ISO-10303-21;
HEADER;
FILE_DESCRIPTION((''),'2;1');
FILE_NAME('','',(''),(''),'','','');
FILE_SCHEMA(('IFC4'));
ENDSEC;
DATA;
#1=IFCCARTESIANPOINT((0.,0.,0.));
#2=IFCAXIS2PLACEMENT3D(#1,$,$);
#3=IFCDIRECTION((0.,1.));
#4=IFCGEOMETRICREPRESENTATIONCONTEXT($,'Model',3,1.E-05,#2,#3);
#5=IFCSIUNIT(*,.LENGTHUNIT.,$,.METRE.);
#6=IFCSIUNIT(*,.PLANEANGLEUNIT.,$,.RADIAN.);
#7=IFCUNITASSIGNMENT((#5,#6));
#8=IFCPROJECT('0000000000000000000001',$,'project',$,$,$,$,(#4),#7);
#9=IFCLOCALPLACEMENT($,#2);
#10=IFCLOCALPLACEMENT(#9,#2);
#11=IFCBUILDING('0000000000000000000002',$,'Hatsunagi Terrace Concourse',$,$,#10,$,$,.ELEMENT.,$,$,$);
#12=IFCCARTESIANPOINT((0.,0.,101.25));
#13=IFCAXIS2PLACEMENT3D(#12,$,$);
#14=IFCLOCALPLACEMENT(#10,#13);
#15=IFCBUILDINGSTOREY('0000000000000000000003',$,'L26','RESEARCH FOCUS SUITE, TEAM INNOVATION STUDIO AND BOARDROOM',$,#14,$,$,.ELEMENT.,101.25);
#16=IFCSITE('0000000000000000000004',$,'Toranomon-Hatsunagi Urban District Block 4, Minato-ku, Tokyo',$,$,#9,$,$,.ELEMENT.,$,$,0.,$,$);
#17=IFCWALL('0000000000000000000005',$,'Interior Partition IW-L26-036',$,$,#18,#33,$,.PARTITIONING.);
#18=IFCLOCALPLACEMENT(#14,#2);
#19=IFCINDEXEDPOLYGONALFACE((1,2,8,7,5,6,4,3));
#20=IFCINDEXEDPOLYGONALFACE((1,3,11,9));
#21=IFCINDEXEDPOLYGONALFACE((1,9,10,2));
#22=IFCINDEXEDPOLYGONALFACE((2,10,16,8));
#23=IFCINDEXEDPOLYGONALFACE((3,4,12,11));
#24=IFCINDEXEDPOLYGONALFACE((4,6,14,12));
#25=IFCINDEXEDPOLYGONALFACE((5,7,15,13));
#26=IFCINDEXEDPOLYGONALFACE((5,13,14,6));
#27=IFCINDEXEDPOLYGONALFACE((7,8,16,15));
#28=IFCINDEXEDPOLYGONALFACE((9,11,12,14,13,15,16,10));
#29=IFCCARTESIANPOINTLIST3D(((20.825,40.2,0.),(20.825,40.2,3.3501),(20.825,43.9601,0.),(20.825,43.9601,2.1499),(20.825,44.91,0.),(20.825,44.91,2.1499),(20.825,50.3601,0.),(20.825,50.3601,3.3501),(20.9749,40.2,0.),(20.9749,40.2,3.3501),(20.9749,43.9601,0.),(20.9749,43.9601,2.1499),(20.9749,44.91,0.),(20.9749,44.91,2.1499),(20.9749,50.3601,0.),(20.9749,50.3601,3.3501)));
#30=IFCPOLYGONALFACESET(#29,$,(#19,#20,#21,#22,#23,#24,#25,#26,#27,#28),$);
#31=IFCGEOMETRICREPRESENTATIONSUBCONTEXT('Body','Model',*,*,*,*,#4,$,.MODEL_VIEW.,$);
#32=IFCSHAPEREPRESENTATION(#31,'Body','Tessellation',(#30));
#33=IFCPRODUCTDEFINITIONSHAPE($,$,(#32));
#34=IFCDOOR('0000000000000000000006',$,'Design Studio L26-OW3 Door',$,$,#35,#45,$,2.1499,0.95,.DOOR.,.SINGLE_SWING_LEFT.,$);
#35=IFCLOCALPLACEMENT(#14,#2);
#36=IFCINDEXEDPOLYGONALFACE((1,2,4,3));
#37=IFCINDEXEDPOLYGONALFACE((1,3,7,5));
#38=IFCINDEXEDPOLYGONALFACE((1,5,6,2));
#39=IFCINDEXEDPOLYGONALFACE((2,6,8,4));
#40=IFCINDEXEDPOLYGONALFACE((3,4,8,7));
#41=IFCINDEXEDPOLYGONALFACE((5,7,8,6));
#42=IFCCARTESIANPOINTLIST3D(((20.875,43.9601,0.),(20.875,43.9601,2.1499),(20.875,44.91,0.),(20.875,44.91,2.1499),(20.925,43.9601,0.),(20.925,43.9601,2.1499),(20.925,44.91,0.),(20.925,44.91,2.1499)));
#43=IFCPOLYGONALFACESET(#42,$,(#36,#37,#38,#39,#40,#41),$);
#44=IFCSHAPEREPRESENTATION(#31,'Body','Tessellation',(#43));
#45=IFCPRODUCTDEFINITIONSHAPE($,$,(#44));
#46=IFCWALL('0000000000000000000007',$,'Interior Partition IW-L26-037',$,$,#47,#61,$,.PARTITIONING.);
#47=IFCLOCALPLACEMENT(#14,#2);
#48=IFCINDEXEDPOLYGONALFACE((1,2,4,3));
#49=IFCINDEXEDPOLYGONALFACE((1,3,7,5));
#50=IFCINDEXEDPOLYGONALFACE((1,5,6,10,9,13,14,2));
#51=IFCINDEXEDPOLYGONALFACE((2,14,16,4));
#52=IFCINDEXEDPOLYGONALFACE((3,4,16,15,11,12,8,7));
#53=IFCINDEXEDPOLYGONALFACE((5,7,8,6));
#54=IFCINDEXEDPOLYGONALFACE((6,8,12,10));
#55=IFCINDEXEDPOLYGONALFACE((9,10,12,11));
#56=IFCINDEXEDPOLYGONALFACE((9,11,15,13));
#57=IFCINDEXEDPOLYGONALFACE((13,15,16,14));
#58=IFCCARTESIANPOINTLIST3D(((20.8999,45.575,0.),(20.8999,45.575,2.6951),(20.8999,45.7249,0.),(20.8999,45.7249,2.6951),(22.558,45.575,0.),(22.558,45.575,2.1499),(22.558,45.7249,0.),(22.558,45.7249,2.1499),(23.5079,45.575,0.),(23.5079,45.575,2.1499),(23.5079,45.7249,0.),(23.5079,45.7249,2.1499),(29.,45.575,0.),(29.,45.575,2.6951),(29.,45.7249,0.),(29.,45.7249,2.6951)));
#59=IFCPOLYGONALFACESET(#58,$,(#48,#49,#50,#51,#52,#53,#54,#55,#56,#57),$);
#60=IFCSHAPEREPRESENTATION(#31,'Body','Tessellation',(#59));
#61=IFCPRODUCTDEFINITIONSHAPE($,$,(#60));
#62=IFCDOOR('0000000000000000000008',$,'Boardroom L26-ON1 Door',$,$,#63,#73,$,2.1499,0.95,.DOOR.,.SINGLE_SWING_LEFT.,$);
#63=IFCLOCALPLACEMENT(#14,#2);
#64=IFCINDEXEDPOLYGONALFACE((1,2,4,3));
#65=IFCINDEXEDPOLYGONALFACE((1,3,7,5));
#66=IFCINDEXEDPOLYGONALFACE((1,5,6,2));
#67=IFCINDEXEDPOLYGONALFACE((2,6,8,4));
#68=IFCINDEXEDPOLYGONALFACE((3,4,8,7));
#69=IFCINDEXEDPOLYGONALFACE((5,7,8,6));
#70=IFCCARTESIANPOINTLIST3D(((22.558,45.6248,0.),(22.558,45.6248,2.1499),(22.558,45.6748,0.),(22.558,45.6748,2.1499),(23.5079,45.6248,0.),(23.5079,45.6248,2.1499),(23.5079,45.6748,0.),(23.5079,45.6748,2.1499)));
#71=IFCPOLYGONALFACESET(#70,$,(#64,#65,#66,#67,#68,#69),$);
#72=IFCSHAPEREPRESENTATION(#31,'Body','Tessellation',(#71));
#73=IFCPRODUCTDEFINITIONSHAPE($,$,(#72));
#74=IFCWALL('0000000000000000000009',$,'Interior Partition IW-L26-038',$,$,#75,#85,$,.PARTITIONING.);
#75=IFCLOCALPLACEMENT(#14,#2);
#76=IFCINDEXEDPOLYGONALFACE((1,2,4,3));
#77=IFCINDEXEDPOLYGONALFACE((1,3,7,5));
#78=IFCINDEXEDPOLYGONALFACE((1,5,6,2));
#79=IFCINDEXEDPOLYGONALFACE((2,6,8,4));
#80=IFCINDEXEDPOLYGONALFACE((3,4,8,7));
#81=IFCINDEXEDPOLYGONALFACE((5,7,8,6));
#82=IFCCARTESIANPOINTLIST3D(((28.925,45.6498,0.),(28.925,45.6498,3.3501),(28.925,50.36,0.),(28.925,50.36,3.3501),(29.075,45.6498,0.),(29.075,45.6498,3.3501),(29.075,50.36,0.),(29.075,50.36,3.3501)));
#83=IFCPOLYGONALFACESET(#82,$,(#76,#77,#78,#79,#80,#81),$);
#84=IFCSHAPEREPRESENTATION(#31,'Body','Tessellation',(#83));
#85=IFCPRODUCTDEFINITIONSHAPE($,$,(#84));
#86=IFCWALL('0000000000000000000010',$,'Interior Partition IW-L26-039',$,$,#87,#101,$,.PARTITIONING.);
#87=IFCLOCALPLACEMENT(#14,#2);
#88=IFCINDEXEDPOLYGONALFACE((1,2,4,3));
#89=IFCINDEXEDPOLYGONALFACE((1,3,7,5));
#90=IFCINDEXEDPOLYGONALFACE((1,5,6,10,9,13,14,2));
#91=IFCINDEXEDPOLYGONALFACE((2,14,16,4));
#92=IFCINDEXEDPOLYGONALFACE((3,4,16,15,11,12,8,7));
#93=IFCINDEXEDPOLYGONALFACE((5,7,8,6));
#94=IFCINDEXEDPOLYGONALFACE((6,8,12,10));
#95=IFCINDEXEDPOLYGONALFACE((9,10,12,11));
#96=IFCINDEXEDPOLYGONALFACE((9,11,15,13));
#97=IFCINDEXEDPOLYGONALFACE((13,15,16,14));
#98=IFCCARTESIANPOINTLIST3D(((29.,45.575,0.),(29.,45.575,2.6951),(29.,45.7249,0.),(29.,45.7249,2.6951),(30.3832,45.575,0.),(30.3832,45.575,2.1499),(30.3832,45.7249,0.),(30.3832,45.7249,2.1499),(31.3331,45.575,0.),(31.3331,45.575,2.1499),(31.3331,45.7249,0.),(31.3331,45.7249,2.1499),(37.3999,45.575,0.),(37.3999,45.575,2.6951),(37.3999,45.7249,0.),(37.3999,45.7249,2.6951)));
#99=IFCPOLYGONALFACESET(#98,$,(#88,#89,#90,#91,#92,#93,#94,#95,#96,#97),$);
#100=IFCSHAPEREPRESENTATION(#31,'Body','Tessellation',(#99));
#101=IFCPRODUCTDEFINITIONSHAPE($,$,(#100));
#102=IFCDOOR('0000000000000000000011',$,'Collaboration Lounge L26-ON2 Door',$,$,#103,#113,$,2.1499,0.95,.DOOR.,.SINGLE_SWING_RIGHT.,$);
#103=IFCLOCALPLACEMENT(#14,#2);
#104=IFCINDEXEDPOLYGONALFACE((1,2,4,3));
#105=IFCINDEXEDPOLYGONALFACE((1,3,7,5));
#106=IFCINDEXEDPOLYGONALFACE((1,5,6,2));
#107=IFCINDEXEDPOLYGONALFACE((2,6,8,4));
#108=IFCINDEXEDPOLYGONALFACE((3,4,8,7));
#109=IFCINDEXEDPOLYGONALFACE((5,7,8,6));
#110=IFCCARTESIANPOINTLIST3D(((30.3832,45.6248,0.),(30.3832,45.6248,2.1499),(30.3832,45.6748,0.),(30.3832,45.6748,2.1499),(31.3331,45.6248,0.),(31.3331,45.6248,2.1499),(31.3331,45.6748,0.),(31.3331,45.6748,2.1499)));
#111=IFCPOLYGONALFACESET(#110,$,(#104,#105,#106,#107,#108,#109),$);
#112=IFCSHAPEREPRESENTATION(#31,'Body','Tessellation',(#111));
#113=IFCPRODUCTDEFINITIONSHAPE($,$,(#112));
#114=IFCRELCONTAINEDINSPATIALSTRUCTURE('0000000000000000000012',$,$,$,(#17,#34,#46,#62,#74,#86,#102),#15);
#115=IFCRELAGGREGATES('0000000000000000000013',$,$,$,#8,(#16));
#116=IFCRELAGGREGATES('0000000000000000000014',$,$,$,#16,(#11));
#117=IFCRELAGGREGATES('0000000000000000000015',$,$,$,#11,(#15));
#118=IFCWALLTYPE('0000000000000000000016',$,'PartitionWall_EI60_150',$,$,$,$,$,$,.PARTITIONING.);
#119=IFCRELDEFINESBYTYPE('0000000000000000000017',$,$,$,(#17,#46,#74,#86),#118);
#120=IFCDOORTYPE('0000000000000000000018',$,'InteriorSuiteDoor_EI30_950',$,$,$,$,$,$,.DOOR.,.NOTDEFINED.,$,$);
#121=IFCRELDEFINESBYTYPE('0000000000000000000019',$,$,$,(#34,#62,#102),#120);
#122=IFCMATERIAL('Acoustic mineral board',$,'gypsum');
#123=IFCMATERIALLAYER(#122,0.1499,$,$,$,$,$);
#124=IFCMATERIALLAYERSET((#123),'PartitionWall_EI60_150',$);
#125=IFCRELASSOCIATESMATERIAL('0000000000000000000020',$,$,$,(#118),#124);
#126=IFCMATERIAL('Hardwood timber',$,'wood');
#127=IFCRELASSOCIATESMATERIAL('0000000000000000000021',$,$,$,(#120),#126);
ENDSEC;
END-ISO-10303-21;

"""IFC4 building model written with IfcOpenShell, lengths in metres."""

from ifc_helpers import new_model, si_unit, direction, frame, frame_2d, origin, place, context, subcontext, project, spatial, rectangle, extrude, material, layer, layer_set, type_object, element, fill, save


model = new_model("IFC4")

# Units and contexts
model_context = context("Model", 3, precision=1e-05, world=origin(), true_north=direction((0.0, 1.0)))
body_context = subcontext(model_context, "Body", "Model", "MODEL_VIEW")
ifc_project = project(units=[si_unit("LENGTHUNIT", "METRE"), si_unit("PLANEANGLEUNIT", "RADIAN")], contexts=[model_context])

# Site, building, storey
site_placement = place(None, origin())
site = spatial("IfcSite", under=ifc_project, at=site_placement, Name="Toranomon-Hatsunagi Urban District Block 4, Minato-ku, Tokyo", CompositionType="ELEMENT", RefElevation=0.0)
building_placement = place(site_placement, origin())
building = spatial("IfcBuilding", under=site, at=building_placement, Name="Hatsunagi Terrace Concourse", CompositionType="ELEMENT")
storey_placement = place(building_placement, frame((0.0, 0.0, 101.25)))
storey = spatial("IfcBuildingStorey", under=building, at=storey_placement, Name="L26", Description="RESEARCH FOCUS SUITE, TEAM INNOVATION STUDIO AND BOARDROOM", CompositionType="ELEMENT", Elevation=101.25)

# Shared definitions
ifc_material_1 = material(Name="Acoustic mineral board", Category="gypsum")
ifc_layer_1 = layer(ifc_material_1, 0.1499)
ifc_layer_set_1 = layer_set([ifc_layer_1], Name="PartitionWall_EI60_150")
wall_type_1 = type_object("IfcWallType", Name="PartitionWall_EI60_150", PredefinedType="PARTITIONING", material=ifc_layer_set_1)

# Walls, openings, doors
wall_1_placement = place(storey_placement, frame((20.8999, 40.2, 0.0), z_axis=(0.0, 0.0, 1.0), x_axis=(0.0, 1.0, 0.0)))
wall_1 = element("IfcWall", 1, at=wall_1_placement, inside=storey, type_object=wall_type_1, Name="Interior Partition IW-L26-036", PredefinedType="PARTITIONING", context=body_context, shape_type="SweptSolid", body=[
    extrude(rectangle(XDim=10.1602, YDim=0.1499, at=frame_2d((5.0801, 0.0))), origin(), (0.0, 0.0, 1.0), 3.3501),
])
opening_1_placement = place(wall_1_placement, frame((3.76, 0.0, 0.0)))
opening_1 = element("IfcOpeningElement", 2, at=opening_1_placement, cuts=wall_1, PredefinedType="OPENING", context=body_context, shape_type="SweptSolid", body=[
    extrude(rectangle(XDim=0.95, YDim=2.1499, at=frame_2d((0.4751, 1.075))), frame((0.0, 0.085, 0.0), z_axis=(0.0, -1.0, 0.0), x_axis=(1.0, 0.0, 0.0)), (0.0, 0.0, 1.0), 0.1699),
])
ifc_material_2 = material(Name="Hardwood timber", Category="wood")
door_type = type_object("IfcDoorType", Name="InteriorSuiteDoor_EI30_950", OperationType="NOTDEFINED", PredefinedType="DOOR", material=ifc_material_2)
door_1_placement = place(opening_1_placement, origin())
door_1 = element("IfcDoor", 3, at=door_1_placement, inside=storey, type_object=door_type, Name="Design Studio L26-OW3 Door", OperationType="SINGLE_SWING_LEFT", OverallHeight=2.1499, OverallWidth=0.95, PredefinedType="DOOR", context=body_context, shape_type="SweptSolid", body=[
    extrude(rectangle(XDim=0.95, YDim=2.1499, at=frame_2d((0.4751, 1.075))), frame((0.0, 0.0249, 0.0), z_axis=(0.0, -1.0, 0.0), x_axis=(1.0, 0.0, 0.0)), (0.0, 0.0, 1.0), 0.05),
])
fill(opening_1, door_1)
wall_2_placement = place(storey_placement, frame((20.8999, 45.6499, 0.0), z_axis=(0.0, 0.0, 1.0), x_axis=(1.0, 0.0, 0.0)))
wall_2 = element("IfcWall", 4, at=wall_2_placement, inside=storey, type_object=wall_type_1, Name="Interior Partition IW-L26-037", PredefinedType="PARTITIONING", context=body_context, shape_type="SweptSolid", body=[
    extrude(rectangle(XDim=8.1001, YDim=0.1499, at=frame_2d((4.05, 0.0))), origin(), (0.0, 0.0, 1.0), 2.6951),
])
opening_2_placement = place(wall_2_placement, frame((1.658, 0.0, 0.0)))
opening_2 = element("IfcOpeningElement", 5, at=opening_2_placement, cuts=wall_2, PredefinedType="OPENING", context=body_context, shape_type="SweptSolid", body=[
    extrude(rectangle(XDim=0.95, YDim=2.1499, at=frame_2d((0.4751, 1.075))), frame((0.0, 0.085, 0.0), z_axis=(0.0, -1.0, 0.0), x_axis=(1.0, 0.0, 0.0)), (0.0, 0.0, 1.0), 0.1699),
])
door_2_placement = place(opening_2_placement, origin())
door_2 = element("IfcDoor", 6, at=door_2_placement, inside=storey, type_object=door_type, Name="Boardroom L26-ON1 Door", OperationType="SINGLE_SWING_LEFT", OverallHeight=2.1499, OverallWidth=0.95, PredefinedType="DOOR", context=body_context, shape_type="SweptSolid", body=[
    extrude(rectangle(XDim=0.95, YDim=2.1499, at=frame_2d((0.4751, 1.075))), frame((0.0, 0.0249, 0.0), z_axis=(0.0, -1.0, 0.0), x_axis=(1.0, 0.0, 0.0)), (0.0, 0.0, 1.0), 0.05),
])
fill(opening_2, door_2)

# Wall
wall_3_placement = place(storey_placement, frame((29.0, 45.6499, 0.0), z_axis=(0.0, 0.0, 1.0), x_axis=(0.0, 1.0, 0.0)))
element("IfcWall", 7, at=wall_3_placement, inside=storey, type_object=wall_type_1, Name="Interior Partition IW-L26-038", PredefinedType="PARTITIONING", context=body_context, shape_type="SweptSolid", body=[
    extrude(rectangle(XDim=4.7102, YDim=0.1499, at=frame_2d((2.355, 0.0))), origin(), (0.0, 0.0, 1.0), 3.3501),
])

# Wall, opening, door
wall_4_placement = place(storey_placement, frame((29.0, 45.6499, 0.0), z_axis=(0.0, 0.0, 1.0), x_axis=(1.0, 0.0, 0.0)))
wall_4 = element("IfcWall", 8, at=wall_4_placement, inside=storey, type_object=wall_type_1, Name="Interior Partition IW-L26-039", PredefinedType="PARTITIONING", context=body_context, shape_type="SweptSolid", body=[
    extrude(rectangle(XDim=8.3999, YDim=0.1499, at=frame_2d((4.2, 0.0))), origin(), (0.0, 0.0, 1.0), 2.6951),
])
opening_3_placement = place(wall_4_placement, frame((1.3831, 0.0, 0.0)))
opening_3 = element("IfcOpeningElement", 9, at=opening_3_placement, cuts=wall_4, PredefinedType="OPENING", context=body_context, shape_type="SweptSolid", body=[
    extrude(rectangle(XDim=0.95, YDim=2.1499, at=frame_2d((0.4751, 1.075))), frame((0.0, 0.085, 0.0), z_axis=(0.0, -1.0, 0.0), x_axis=(1.0, 0.0, 0.0)), (0.0, 0.0, 1.0), 0.1699),
])
door_3_placement = place(opening_3_placement, origin())
door_3 = element("IfcDoor", 10, at=door_3_placement, inside=storey, type_object=door_type, Name="Collaboration Lounge L26-ON2 Door", OperationType="SINGLE_SWING_RIGHT", OverallHeight=2.1499, OverallWidth=0.95, PredefinedType="DOOR", context=body_context, shape_type="SweptSolid", body=[
    extrude(rectangle(XDim=0.95, YDim=2.1499, at=frame_2d((0.4751, 1.075))), frame((0.0, 0.0249, 0.0), z_axis=(0.0, -1.0, 0.0), x_axis=(1.0, 0.0, 0.0)), (0.0, 0.0, 1.0), 0.05),
])
fill(opening_3, door_3)

save(model, "model.ifc")
